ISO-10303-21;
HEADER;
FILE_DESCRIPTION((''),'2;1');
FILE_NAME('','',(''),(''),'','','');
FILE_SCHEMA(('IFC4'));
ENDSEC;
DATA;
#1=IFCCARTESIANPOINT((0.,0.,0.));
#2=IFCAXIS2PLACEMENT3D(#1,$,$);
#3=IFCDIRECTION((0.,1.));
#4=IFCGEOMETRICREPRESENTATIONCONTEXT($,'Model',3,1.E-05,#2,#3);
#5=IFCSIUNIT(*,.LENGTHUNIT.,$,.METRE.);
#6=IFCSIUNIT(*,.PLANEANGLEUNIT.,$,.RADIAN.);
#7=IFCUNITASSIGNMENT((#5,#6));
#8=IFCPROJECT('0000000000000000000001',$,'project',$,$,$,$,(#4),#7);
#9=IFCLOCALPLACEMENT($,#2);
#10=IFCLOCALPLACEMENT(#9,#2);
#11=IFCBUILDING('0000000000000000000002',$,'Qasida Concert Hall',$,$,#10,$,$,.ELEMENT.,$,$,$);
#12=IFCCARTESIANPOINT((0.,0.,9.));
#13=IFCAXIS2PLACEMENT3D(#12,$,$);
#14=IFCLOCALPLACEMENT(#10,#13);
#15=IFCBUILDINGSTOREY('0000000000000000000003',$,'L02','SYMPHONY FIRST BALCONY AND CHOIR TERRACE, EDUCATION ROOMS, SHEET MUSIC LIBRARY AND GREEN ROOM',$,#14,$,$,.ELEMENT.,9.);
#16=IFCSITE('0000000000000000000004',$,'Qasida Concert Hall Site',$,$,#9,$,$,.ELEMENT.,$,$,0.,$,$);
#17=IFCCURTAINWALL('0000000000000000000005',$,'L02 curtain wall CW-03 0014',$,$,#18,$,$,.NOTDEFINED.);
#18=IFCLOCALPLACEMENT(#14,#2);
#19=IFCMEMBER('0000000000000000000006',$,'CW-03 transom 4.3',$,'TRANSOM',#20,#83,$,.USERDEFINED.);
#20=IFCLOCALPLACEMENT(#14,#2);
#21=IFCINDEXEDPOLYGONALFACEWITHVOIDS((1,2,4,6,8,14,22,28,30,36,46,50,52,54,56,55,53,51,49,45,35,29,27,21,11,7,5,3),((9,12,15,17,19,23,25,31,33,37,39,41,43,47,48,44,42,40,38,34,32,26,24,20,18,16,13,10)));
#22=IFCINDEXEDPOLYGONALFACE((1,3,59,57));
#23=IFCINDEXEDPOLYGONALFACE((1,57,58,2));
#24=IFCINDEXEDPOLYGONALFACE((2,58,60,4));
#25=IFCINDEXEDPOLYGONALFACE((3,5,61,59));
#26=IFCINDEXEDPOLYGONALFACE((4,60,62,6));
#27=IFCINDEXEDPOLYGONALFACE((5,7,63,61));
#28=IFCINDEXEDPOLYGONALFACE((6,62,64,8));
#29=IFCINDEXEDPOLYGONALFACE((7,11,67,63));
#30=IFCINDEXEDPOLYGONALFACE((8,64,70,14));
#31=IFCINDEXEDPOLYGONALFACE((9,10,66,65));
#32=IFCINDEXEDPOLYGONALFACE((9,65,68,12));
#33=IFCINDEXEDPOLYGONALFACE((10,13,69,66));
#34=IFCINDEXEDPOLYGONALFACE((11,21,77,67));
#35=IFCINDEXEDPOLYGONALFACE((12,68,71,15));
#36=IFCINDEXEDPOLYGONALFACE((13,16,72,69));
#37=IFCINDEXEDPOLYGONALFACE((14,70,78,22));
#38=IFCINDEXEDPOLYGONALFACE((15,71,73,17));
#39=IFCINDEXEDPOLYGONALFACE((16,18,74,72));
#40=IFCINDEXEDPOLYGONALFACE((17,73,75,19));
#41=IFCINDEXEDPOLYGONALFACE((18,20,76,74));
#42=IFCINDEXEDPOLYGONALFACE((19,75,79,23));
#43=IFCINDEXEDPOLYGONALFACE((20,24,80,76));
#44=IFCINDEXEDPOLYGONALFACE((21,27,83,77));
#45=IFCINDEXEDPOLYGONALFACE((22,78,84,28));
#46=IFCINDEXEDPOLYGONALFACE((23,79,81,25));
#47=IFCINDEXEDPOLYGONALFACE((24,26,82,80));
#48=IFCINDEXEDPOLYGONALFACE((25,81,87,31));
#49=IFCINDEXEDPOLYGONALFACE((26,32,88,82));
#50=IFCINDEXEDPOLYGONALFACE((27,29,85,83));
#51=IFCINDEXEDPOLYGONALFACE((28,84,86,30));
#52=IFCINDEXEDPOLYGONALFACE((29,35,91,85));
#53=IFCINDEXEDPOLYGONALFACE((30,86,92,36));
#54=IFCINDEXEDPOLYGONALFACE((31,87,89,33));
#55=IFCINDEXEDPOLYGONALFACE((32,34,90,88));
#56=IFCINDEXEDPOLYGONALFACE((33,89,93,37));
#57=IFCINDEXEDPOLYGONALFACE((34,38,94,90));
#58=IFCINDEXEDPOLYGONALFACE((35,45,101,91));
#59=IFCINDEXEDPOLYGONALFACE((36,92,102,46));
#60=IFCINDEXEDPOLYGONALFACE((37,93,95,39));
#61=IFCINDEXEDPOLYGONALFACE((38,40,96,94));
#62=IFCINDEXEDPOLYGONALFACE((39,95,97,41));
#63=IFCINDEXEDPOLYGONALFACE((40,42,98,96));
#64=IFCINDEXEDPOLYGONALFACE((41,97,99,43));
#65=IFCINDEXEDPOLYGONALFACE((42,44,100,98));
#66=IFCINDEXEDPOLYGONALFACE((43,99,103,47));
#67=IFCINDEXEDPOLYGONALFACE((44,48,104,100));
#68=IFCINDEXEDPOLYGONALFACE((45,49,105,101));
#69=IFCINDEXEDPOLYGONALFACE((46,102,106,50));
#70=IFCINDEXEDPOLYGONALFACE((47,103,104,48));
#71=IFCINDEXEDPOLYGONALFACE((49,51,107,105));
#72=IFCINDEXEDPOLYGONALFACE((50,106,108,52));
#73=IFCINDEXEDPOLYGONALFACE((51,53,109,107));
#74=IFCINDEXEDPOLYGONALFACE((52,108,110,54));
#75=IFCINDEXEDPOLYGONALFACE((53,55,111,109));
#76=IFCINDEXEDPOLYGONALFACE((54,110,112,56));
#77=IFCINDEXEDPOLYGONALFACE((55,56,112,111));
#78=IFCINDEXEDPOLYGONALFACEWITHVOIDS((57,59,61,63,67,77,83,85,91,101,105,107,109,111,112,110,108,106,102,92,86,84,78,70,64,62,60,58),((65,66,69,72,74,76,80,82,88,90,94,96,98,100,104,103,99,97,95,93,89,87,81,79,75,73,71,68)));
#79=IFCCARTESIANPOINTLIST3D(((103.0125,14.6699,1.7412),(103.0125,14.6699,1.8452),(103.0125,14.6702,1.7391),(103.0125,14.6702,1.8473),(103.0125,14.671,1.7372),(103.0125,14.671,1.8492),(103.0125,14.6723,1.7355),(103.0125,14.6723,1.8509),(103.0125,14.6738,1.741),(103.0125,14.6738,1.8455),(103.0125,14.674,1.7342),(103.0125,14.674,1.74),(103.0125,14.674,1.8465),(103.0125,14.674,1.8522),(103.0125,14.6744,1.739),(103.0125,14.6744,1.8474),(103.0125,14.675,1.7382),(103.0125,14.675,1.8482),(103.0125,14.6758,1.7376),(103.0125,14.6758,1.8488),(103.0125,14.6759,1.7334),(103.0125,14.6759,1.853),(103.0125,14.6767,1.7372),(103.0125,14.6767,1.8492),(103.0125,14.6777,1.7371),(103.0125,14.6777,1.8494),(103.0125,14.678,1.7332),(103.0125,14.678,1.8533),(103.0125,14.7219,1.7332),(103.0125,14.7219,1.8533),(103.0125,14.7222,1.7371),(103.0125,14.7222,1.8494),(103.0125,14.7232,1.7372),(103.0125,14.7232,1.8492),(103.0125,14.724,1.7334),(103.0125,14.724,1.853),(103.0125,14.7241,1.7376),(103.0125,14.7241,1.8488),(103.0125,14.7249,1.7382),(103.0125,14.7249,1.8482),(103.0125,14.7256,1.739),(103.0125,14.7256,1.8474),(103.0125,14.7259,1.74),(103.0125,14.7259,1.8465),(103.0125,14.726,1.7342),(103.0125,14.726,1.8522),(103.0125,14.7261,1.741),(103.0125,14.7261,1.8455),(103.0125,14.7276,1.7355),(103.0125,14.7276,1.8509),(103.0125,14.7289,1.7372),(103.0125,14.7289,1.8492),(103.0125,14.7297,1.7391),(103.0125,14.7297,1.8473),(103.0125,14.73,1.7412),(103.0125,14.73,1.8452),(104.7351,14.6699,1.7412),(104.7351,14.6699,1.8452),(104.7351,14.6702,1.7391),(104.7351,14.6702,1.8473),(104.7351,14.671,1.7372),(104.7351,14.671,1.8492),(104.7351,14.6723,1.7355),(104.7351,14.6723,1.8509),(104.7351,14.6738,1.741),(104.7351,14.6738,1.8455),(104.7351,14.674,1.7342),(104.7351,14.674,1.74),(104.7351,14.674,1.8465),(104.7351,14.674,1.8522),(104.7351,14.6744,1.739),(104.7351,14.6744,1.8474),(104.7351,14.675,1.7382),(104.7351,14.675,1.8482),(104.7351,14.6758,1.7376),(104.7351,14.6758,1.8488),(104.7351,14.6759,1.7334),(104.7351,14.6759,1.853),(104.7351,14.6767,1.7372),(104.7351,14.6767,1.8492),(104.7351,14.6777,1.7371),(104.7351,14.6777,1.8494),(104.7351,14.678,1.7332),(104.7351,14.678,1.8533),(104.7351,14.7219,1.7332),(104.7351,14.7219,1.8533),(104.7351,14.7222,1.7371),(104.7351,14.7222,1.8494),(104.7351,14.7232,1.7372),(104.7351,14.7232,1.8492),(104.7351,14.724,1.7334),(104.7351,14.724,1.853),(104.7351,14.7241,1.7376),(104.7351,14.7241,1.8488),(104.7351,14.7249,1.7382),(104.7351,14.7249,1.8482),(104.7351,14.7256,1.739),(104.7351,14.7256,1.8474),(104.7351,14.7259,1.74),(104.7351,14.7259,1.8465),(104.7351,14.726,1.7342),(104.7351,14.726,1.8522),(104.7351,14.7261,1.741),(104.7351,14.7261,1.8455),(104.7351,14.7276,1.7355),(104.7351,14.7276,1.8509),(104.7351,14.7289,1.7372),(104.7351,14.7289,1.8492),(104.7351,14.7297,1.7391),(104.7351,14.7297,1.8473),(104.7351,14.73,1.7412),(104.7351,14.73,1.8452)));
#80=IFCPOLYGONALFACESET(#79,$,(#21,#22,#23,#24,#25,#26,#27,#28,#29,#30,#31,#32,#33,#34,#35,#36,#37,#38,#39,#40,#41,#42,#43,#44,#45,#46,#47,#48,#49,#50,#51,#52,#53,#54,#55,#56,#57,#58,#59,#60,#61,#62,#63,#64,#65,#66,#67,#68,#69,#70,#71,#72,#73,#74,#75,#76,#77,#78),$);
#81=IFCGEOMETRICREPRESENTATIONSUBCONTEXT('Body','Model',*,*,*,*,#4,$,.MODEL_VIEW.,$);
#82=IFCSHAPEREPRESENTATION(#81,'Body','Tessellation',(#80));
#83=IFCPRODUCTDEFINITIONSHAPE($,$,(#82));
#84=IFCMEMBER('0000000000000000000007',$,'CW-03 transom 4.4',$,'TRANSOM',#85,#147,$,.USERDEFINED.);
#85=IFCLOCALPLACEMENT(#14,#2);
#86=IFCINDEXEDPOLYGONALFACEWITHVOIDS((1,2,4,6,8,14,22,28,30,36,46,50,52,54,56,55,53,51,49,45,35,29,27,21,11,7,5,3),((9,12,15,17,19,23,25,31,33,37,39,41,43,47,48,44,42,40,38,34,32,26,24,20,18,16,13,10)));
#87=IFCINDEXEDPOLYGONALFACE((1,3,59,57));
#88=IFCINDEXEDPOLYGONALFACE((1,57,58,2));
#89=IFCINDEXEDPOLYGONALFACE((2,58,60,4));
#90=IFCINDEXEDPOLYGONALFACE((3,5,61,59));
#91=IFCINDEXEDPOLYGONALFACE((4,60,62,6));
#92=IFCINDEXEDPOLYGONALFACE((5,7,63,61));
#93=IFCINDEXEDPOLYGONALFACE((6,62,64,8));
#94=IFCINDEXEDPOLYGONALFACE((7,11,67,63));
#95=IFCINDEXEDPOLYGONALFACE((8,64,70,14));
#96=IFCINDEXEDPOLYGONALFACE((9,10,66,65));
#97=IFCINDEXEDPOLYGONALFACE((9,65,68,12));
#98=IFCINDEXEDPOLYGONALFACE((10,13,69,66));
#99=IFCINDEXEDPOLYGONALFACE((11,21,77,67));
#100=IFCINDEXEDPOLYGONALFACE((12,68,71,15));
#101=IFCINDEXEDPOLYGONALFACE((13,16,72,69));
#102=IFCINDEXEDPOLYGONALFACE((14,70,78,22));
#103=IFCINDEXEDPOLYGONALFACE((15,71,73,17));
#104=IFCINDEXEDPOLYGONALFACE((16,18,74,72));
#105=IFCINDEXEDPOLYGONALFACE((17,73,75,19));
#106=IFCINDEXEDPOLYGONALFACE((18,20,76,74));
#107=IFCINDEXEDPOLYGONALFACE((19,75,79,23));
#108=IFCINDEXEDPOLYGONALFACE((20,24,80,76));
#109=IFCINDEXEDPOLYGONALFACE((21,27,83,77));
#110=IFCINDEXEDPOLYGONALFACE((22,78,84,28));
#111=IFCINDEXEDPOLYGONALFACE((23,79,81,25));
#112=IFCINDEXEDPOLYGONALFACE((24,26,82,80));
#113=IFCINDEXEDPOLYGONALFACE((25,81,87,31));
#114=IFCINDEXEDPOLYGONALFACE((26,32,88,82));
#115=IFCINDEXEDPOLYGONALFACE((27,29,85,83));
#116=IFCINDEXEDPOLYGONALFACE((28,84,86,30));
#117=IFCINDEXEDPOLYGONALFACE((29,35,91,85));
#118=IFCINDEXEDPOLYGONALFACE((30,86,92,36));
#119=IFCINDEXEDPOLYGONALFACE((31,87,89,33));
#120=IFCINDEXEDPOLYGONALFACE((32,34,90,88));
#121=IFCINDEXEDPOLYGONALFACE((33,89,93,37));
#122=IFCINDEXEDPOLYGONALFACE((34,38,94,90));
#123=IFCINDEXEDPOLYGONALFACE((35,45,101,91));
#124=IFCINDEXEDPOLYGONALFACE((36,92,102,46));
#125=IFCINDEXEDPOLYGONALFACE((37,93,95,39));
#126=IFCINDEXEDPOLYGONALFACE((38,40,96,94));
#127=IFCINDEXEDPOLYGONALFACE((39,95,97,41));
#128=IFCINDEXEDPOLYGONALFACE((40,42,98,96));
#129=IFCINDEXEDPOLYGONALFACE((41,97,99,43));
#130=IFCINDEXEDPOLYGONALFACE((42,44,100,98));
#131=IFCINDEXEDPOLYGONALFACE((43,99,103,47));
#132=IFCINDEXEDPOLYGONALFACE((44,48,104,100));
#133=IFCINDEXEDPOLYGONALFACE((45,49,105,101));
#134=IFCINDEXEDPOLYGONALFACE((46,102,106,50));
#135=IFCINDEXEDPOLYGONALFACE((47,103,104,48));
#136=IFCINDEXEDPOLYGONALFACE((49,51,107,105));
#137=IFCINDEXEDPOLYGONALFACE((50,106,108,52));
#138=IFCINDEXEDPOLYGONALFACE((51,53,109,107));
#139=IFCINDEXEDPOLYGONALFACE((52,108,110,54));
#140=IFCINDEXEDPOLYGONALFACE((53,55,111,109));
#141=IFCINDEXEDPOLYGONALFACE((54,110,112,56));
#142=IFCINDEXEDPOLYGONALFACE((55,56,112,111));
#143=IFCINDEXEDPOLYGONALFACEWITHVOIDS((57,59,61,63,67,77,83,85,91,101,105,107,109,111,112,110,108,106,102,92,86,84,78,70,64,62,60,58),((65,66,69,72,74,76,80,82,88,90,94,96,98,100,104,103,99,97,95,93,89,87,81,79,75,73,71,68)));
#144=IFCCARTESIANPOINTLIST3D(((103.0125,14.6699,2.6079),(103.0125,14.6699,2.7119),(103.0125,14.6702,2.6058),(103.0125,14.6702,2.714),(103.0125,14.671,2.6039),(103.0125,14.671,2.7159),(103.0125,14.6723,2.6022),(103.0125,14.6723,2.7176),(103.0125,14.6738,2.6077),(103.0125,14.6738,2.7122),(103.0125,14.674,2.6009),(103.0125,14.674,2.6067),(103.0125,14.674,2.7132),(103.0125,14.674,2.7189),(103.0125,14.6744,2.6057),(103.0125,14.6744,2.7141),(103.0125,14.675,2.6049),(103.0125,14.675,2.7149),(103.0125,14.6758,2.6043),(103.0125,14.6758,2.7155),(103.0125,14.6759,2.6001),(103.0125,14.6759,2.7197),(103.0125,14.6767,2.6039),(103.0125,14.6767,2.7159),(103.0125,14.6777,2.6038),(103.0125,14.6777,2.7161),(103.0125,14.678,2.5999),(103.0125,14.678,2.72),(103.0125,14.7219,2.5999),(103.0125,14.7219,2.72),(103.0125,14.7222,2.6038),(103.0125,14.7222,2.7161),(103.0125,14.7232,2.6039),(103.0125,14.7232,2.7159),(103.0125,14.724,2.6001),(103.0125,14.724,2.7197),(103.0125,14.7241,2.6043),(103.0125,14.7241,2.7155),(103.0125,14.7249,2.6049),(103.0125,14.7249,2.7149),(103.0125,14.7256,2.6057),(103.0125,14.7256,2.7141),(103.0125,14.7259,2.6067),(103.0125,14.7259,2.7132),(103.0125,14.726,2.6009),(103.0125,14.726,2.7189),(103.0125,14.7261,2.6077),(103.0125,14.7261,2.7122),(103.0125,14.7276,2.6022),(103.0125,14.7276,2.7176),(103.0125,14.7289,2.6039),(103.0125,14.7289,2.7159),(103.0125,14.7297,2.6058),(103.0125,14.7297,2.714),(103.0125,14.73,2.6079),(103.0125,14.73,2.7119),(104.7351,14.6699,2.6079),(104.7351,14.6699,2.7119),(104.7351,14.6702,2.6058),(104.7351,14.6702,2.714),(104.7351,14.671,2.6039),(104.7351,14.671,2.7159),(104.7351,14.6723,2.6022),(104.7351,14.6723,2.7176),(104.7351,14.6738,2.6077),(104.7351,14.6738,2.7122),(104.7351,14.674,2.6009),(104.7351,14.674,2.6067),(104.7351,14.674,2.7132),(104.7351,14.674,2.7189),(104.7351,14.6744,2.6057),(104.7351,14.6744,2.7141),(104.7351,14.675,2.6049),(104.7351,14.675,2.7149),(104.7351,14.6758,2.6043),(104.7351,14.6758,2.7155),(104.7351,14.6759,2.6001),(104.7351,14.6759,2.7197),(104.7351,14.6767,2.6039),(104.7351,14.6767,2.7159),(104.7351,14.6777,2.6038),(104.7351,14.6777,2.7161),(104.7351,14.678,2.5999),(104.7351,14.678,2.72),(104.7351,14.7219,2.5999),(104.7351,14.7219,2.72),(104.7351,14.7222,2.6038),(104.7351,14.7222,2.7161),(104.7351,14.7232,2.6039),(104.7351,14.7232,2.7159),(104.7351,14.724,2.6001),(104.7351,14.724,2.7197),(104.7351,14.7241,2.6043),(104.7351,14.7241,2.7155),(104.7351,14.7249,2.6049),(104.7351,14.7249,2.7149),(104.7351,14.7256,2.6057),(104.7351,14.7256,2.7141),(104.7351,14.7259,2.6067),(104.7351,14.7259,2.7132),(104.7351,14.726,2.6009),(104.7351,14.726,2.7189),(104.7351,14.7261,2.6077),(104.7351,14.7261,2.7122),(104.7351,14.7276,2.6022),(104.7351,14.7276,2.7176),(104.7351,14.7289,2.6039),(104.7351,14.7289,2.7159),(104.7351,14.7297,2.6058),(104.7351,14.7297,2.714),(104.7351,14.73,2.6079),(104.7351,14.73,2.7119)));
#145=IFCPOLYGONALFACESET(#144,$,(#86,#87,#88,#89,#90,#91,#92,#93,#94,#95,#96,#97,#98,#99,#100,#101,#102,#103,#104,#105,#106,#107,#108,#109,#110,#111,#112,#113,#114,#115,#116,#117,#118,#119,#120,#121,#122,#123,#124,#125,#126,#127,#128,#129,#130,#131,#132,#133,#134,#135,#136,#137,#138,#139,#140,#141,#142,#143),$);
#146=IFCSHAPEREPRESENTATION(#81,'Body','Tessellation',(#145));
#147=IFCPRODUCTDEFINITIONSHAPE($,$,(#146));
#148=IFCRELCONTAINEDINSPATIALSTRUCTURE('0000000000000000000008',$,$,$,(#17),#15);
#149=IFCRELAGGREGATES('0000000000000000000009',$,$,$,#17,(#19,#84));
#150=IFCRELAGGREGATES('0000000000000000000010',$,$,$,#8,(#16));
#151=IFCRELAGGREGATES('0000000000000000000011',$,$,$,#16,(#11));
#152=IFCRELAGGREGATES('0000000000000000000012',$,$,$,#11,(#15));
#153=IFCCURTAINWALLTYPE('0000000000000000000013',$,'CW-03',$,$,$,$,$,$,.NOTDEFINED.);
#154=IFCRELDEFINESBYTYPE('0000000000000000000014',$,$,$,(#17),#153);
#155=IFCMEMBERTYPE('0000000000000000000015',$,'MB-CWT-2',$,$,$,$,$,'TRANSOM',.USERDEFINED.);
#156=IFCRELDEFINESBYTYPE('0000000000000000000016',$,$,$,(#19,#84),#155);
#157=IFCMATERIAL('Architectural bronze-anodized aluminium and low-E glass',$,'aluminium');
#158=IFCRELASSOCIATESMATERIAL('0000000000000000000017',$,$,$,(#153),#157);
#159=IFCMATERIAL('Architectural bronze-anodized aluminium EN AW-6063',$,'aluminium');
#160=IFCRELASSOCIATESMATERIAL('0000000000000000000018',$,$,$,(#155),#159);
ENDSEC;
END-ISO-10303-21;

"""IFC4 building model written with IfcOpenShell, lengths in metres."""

from ifc_helpers import new_model, si_unit, direction, frame, origin, origin_2d, place, context, subcontext, project, spatial, hollow_rectangle, extrude, material, material_profile, profile_set, type_object, element, aggregate, save


model = new_model("IFC4")

# Units and contexts
model_context = context("Model", 3, precision=1e-05, world=origin(), true_north=direction((0.0, 1.0)))
body_context = subcontext(model_context, "Body", "Model", "MODEL_VIEW")
ifc_project = project(units=[si_unit("LENGTHUNIT", "METRE"), si_unit("PLANEANGLEUNIT", "RADIAN")], contexts=[model_context])

# Site, building, storey
site_placement = place(None, origin())
site = spatial("IfcSite", under=ifc_project, at=site_placement, Name="Qasida Concert Hall Site", CompositionType="ELEMENT", RefElevation=0.0)
building_placement = place(site_placement, origin())
building = spatial("IfcBuilding", under=site, at=building_placement, Name="Qasida Concert Hall", CompositionType="ELEMENT")
storey_placement = place(building_placement, frame((0.0, 0.0, 9.0)))
storey = spatial("IfcBuildingStorey", under=building, at=storey_placement, Name="L02", Description="SYMPHONY FIRST BALCONY AND CHOIR TERRACE, EDUCATION ROOMS, SHEET MUSIC LIBRARY AND GREEN ROOM", CompositionType="ELEMENT", Elevation=9.0)

# Curtain wall, members
ifc_material_1 = material(Name="Architectural bronze-anodized aluminium and low-E glass", Category="aluminium")
curtain_wall_type = type_object("IfcCurtainWallType", Name="CW-03", PredefinedType="NOTDEFINED", material=ifc_material_1)
curtain_wall_placement = place(storey_placement, origin())
curtain_wall = element("IfcCurtainWall", 1, at=curtain_wall_placement, inside=storey, type_object=curtain_wall_type, Name="L02 curtain wall CW-03 0014", PredefinedType="NOTDEFINED")
ifc_material_2 = material(Name="Architectural bronze-anodized aluminium EN AW-6063", Category="aluminium")
ifc_material_profile_1 = material_profile(ifc_material_2, hollow_rectangle(XDim=0.0601, YDim=0.1201, WallThickness=0.0039, InnerFilletRadius=0.0039, OuterFilletRadius=0.0081, at=origin_2d()), Name="CWT 120x60x4")
ifc_profile_set_1 = profile_set([ifc_material_profile_1], Name="Architectural bronze-anodized aluminium EN AW-6063")
member_type_1 = type_object("IfcMemberType", Name="MB-CWT-2", ElementType="TRANSOM", PredefinedType="USERDEFINED", material=ifc_profile_set_1)
member_1_placement = place(storey_placement, frame((103.0125, 14.7, 1.7932), z_axis=(1.0, 0.0, 0.0), x_axis=(0.0, 1.0, 0.0)))
member_1 = element("IfcMember", 2, at=member_1_placement, type_object=member_type_1, Name="CW-03 transom 4.3", ObjectType="TRANSOM", PredefinedType="USERDEFINED", context=body_context, shape_type="SweptSolid", body=[
    extrude(hollow_rectangle(XDim=0.0601, YDim=0.1201, WallThickness=0.0039, InnerFilletRadius=0.0039, OuterFilletRadius=0.0081, at=origin_2d()), origin(), (0.0, 0.0, 1.0), 1.7227),
])
member_2_placement = place(storey_placement, frame((103.0125, 14.7, 2.6599), z_axis=(1.0, 0.0, 0.0), x_axis=(0.0, 1.0, 0.0)))
member_2 = element("IfcMember", 3, at=member_2_placement, type_object=member_type_1, Name="CW-03 transom 4.4", ObjectType="TRANSOM", PredefinedType="USERDEFINED", context=body_context, shape_type="SweptSolid", body=[
    extrude(hollow_rectangle(XDim=0.0601, YDim=0.1201, WallThickness=0.0039, InnerFilletRadius=0.0039, OuterFilletRadius=0.0081, at=origin_2d()), origin(), (0.0, 0.0, 1.0), 1.7227),
])

aggregate(curtain_wall, [member_1, member_2])

save(model, "model.ifc")
